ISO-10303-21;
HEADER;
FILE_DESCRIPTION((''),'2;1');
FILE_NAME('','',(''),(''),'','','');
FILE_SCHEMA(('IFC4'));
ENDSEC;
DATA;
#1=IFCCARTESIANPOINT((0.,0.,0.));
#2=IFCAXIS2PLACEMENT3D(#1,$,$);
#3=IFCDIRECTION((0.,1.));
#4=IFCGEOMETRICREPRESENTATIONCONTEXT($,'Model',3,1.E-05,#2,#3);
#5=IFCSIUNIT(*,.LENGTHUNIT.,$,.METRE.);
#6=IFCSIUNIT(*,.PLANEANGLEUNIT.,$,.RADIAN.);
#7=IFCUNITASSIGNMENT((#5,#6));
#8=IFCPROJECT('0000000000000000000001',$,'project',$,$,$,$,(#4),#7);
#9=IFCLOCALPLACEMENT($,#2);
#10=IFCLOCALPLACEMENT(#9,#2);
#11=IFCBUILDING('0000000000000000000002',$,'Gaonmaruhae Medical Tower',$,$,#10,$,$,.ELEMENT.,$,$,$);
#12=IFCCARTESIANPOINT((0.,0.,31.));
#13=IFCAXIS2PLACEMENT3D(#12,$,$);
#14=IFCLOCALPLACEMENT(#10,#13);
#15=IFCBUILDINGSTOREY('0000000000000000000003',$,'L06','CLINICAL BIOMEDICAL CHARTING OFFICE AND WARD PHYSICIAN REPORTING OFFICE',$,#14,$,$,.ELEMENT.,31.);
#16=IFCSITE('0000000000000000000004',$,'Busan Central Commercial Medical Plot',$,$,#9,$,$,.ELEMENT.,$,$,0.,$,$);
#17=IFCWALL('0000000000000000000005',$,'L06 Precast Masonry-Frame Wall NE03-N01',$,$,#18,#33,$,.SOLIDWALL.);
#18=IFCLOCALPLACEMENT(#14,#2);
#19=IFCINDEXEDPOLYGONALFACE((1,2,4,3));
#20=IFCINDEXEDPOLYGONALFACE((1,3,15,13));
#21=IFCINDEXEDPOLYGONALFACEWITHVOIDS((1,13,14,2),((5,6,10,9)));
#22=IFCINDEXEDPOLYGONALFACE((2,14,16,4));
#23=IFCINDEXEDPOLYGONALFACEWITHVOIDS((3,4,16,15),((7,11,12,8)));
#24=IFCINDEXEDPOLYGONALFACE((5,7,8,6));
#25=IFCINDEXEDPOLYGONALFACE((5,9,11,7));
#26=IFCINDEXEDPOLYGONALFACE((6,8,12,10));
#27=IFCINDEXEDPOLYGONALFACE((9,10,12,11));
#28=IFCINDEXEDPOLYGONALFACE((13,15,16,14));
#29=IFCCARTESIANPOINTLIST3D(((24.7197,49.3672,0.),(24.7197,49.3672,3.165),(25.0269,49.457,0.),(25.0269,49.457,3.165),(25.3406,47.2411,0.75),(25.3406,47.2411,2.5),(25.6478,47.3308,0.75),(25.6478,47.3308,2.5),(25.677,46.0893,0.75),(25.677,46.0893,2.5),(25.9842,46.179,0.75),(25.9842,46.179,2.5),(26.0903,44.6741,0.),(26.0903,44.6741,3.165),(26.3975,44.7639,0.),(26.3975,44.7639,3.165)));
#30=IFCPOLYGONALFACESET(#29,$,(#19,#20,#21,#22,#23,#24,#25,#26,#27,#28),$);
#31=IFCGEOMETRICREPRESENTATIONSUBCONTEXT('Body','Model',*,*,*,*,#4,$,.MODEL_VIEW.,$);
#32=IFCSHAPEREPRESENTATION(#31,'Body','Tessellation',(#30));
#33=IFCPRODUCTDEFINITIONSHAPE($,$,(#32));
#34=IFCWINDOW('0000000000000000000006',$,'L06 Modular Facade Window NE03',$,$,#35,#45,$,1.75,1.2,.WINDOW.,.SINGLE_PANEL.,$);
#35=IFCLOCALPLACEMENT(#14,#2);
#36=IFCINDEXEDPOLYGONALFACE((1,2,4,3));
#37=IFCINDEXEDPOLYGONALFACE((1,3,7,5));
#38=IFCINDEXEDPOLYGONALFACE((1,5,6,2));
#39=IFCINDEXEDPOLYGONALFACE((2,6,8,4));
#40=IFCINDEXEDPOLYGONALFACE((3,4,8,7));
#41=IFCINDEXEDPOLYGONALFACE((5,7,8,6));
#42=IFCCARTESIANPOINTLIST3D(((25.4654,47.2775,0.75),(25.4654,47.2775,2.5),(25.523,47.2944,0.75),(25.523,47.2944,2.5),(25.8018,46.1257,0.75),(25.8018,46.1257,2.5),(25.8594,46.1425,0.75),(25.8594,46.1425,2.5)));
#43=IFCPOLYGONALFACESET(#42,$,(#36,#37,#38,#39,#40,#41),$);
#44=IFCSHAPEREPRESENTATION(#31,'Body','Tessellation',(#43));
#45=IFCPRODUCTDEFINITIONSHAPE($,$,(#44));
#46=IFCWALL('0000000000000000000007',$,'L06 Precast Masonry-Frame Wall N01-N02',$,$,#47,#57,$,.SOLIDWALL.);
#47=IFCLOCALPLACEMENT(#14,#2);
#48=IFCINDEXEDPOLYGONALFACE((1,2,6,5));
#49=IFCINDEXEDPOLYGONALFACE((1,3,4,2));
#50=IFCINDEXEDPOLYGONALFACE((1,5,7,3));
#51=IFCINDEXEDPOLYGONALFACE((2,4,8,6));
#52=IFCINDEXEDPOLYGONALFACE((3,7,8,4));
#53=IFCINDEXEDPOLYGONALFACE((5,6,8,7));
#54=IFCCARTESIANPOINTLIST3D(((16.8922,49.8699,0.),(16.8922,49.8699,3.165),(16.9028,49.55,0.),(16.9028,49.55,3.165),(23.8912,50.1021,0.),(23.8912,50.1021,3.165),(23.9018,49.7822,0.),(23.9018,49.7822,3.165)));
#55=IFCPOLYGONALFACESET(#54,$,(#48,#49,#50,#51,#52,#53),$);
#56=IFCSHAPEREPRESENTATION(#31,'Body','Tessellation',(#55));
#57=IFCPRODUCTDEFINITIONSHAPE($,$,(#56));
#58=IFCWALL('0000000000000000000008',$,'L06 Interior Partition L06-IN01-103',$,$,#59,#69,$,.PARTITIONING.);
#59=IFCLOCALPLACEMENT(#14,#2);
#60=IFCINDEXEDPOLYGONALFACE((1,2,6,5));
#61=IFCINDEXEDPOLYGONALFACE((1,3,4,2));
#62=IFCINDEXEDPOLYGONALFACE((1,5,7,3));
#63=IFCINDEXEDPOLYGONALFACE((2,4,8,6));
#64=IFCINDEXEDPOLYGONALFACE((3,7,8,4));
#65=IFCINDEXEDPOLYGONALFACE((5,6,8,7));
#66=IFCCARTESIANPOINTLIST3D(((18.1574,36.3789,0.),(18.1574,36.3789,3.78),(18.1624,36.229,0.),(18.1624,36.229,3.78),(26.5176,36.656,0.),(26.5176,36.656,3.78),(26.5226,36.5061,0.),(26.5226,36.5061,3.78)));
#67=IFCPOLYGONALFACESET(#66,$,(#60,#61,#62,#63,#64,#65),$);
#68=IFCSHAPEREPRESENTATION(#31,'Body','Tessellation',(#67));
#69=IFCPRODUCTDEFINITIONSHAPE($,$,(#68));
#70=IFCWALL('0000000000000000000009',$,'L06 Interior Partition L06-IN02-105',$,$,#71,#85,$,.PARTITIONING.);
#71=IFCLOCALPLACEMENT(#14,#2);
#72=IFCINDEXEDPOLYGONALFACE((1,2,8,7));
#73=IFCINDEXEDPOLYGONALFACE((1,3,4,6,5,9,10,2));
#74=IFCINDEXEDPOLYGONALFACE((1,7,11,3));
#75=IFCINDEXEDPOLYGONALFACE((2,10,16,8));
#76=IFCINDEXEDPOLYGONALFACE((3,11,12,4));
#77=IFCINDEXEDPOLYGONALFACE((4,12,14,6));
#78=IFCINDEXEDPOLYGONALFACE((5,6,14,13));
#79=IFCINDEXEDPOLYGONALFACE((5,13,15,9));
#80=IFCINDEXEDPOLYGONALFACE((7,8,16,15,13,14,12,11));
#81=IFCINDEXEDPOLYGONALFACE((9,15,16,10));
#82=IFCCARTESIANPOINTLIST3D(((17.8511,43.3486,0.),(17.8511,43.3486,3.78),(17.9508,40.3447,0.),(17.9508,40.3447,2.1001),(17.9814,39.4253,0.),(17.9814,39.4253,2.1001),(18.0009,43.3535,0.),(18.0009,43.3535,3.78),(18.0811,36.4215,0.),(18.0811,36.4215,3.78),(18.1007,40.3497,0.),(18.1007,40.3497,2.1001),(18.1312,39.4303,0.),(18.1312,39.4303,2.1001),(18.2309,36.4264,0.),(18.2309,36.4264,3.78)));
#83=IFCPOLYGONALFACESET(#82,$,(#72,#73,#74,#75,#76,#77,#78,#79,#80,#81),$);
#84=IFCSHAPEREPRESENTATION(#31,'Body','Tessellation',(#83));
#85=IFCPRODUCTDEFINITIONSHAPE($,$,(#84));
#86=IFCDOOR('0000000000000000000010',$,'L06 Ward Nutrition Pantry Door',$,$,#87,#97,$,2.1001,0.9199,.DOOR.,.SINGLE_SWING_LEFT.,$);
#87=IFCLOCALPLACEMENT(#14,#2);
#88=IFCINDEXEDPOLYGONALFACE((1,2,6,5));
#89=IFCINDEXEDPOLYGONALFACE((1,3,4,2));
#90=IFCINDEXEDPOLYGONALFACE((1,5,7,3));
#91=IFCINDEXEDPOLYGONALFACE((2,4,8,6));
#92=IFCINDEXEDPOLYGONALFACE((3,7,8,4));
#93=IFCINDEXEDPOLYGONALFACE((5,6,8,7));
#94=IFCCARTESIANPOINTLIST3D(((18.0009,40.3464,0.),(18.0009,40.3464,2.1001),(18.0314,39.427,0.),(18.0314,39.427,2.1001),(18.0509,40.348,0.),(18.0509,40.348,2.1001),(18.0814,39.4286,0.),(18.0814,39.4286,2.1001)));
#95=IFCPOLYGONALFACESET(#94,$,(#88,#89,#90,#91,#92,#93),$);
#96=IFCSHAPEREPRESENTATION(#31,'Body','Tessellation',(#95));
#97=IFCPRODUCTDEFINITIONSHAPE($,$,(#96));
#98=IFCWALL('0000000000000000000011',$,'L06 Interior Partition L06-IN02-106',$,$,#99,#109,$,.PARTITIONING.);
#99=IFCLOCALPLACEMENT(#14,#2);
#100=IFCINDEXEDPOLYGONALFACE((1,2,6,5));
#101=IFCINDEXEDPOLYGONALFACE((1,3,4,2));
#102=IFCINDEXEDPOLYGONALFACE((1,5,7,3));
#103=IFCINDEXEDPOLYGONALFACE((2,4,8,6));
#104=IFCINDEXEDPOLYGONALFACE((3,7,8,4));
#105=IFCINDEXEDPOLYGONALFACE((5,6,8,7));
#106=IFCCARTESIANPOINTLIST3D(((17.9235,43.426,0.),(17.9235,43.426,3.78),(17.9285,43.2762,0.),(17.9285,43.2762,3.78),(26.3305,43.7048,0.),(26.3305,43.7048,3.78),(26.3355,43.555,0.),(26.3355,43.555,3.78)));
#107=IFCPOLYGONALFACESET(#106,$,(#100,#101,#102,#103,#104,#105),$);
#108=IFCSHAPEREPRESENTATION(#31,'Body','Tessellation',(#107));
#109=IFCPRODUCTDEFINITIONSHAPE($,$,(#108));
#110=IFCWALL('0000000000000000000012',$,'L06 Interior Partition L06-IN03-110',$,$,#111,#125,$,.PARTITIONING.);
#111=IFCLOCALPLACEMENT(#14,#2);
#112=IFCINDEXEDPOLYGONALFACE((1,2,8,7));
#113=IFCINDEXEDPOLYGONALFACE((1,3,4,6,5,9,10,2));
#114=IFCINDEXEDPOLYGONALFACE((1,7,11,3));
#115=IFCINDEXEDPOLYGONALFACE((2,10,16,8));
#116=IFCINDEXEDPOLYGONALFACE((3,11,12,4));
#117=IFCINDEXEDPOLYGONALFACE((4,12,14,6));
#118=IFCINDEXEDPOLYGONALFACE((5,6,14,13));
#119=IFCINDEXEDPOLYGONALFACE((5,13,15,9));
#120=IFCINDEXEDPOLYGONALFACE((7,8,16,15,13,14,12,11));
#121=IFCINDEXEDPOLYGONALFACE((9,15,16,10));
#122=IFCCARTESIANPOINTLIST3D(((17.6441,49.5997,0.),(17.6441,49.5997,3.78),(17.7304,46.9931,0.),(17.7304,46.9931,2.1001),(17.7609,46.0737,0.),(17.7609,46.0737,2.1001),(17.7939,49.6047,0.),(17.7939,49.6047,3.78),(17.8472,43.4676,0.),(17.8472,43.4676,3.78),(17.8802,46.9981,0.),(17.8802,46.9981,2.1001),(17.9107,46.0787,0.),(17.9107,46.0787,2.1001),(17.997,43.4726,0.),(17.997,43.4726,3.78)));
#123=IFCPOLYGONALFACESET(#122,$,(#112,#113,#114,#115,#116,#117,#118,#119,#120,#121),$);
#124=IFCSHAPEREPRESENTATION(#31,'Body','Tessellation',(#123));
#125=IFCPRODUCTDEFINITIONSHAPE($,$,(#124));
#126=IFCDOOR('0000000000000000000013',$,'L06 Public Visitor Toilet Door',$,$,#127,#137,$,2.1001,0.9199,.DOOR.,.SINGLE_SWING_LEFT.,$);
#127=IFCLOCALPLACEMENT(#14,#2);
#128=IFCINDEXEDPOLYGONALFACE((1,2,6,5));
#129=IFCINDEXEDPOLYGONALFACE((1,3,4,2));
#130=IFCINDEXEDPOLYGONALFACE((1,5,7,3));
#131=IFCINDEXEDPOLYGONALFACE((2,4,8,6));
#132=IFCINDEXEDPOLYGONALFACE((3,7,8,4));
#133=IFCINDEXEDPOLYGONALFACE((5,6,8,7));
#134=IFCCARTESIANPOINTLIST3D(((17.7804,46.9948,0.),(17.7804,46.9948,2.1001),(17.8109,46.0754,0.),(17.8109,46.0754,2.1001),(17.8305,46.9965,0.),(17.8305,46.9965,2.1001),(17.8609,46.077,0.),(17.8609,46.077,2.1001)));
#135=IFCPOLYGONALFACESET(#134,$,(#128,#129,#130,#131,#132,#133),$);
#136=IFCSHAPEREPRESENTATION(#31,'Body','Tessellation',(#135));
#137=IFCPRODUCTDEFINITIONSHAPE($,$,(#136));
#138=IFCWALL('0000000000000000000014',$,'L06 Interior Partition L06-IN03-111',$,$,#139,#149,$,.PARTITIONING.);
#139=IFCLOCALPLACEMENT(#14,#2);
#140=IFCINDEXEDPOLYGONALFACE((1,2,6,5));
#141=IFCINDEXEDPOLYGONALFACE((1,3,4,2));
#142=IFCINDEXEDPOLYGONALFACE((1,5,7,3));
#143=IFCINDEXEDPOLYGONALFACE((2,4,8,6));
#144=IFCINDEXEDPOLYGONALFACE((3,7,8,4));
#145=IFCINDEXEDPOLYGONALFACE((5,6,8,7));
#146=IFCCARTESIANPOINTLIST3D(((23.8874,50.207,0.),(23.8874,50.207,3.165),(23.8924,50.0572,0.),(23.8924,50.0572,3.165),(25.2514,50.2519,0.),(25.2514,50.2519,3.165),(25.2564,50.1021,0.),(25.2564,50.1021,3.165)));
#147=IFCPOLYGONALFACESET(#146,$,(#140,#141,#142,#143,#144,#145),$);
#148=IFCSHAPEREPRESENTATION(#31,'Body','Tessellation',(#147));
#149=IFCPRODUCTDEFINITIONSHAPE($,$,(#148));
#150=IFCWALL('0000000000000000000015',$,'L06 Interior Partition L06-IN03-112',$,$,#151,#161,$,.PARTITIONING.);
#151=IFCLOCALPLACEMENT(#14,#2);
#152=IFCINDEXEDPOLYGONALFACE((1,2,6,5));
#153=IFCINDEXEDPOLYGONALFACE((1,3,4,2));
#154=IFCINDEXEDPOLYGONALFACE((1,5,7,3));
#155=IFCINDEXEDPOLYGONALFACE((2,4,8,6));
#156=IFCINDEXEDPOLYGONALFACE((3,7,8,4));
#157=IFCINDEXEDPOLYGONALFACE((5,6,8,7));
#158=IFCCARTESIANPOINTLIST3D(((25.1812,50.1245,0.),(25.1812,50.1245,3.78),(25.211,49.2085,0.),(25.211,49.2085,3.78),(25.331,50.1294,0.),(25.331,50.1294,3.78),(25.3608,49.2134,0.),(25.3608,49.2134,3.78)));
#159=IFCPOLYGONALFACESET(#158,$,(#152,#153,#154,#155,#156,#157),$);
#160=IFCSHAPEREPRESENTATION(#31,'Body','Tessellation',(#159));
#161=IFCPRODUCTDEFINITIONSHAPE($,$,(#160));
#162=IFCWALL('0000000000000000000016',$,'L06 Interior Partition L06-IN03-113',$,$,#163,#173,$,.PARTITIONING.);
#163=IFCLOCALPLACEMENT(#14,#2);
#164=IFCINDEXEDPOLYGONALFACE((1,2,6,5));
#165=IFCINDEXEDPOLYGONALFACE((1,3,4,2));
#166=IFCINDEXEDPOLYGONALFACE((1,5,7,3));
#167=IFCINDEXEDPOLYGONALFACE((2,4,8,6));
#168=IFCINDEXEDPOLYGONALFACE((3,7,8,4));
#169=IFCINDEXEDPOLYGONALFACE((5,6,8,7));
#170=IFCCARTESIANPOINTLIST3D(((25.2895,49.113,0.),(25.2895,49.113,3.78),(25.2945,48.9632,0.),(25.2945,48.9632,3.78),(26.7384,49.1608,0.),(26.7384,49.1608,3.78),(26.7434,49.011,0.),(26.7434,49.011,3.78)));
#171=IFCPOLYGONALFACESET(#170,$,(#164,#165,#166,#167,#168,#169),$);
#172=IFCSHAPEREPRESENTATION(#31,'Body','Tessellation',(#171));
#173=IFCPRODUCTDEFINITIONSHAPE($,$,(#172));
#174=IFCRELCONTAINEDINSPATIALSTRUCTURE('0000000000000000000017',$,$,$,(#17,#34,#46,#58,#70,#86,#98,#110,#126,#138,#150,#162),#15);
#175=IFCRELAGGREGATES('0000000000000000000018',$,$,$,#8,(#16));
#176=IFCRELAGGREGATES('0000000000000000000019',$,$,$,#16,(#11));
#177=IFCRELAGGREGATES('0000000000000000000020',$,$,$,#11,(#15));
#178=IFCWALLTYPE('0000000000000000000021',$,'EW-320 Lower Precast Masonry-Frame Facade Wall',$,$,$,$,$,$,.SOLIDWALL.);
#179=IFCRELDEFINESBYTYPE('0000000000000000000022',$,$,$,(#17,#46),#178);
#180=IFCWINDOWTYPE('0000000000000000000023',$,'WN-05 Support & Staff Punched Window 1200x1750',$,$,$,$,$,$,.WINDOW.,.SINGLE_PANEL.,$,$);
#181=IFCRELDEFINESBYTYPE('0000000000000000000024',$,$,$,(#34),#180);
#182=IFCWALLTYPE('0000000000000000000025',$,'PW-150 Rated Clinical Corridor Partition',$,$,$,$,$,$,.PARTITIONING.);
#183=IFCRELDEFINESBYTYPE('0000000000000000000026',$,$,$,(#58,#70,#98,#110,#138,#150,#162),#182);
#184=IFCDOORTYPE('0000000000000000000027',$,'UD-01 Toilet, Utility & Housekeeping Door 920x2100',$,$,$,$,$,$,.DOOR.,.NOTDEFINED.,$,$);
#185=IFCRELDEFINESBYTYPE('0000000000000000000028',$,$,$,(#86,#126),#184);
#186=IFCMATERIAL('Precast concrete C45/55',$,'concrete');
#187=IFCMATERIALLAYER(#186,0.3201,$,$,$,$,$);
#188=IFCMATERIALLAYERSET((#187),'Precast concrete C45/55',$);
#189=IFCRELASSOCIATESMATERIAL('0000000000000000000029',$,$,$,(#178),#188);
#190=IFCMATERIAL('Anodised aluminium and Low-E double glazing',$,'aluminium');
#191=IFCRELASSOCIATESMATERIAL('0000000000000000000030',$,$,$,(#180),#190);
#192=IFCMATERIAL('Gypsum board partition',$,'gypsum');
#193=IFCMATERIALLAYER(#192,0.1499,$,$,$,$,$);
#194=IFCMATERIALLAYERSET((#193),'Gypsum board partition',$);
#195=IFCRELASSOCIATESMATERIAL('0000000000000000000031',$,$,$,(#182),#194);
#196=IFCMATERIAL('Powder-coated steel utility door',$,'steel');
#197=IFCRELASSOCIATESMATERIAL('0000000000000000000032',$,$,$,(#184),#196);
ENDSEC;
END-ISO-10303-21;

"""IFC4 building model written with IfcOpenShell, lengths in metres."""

from ifc_helpers import new_model, si_unit, direction, frame, frame_2d, origin, place, context, subcontext, project, spatial, rectangle, extrude, material, layer, layer_set, type_object, element, fill, save


model = new_model("IFC4")

# Units and contexts
model_context = context("Model", 3, precision=1e-05, world=origin(), true_north=direction((0.0, 1.0)))
body_context = subcontext(model_context, "Body", "Model", "MODEL_VIEW")
ifc_project = project(units=[si_unit("LENGTHUNIT", "METRE"), si_unit("PLANEANGLEUNIT", "RADIAN")], contexts=[model_context])

# Site, building, storey
site_placement = place(None, origin())
site = spatial("IfcSite", under=ifc_project, at=site_placement, Name="Busan Central Commercial Medical Plot", CompositionType="ELEMENT", RefElevation=0.0)
building_placement = place(site_placement, origin())
building = spatial("IfcBuilding", under=site, at=building_placement, Name="Gaonmaruhae Medical Tower", CompositionType="ELEMENT")
storey_placement = place(building_placement, frame((0.0, 0.0, 31.0)))
storey = spatial("IfcBuildingStorey", under=building, at=storey_placement, Name="L06", Description="CLINICAL BIOMEDICAL CHARTING OFFICE AND WARD PHYSICIAN REPORTING OFFICE", CompositionType="ELEMENT", Elevation=31.0)

# Wall, opening, window
ifc_material_1 = material(Name="Precast concrete C45/55", Category="concrete")
ifc_layer_1 = layer(ifc_material_1, 0.3201)
ifc_layer_set_1 = layer_set([ifc_layer_1], Name="Precast concrete C45/55")
wall_type_1 = type_object("IfcWallType", Name="EW-320 Lower Precast Masonry-Frame Facade Wall", PredefinedType="SOLIDWALL", material=ifc_layer_set_1)
wall_1_placement = place(storey_placement, frame((24.8733, 49.4121, 0.0), z_axis=(0.0, 0.0, 1.0), x_axis=(0.280336, -0.959902, 0.0)))
wall_1 = element("IfcWall", 1, at=wall_1_placement, inside=storey, type_object=wall_type_1, Name="L06 Precast Masonry-Frame Wall NE03-N01", PredefinedType="SOLIDWALL", context=body_context, shape_type="SweptSolid", body=[
    extrude(rectangle(XDim=4.8892, YDim=0.3201, at=frame_2d((2.4446, 0.0))), origin(), (0.0, 0.0, 1.0), 3.165),
])
opening_1_placement = place(wall_1_placement, frame((2.2148, 0.0, 0.75)))
opening_1 = element("IfcOpeningElement", 2, at=opening_1_placement, cuts=wall_1, PredefinedType="OPENING", context=body_context, shape_type="SweptSolid", body=[
    extrude(rectangle(XDim=1.2, YDim=1.75, at=frame_2d((0.6001, 0.875))), frame((0.0, 0.1699, 0.0), z_axis=(0.0, -1.0, 0.0), x_axis=(1.0, 0.0, 0.0)), (0.0, 0.0, 1.0), 0.3401),
])
ifc_material_2 = material(Name="Anodised aluminium and Low-E double glazing", Category="aluminium")
window_type = type_object("IfcWindowType", Name="WN-05 Support & Staff Punched Window 1200x1750", PartitioningType="SINGLE_PANEL", PredefinedType="WINDOW", material=ifc_material_2)
window_placement = place(opening_1_placement, origin())
window = element("IfcWindow", 3, at=window_placement, inside=storey, type_object=window_type, Name="L06 Modular Facade Window NE03", OverallHeight=1.75, OverallWidth=1.2, PartitioningType="SINGLE_PANEL", PredefinedType="WINDOW", context=body_context, shape_type="SweptSolid", body=[
    extrude(rectangle(XDim=1.2, YDim=1.75, at=frame_2d((0.6001, 0.875))), frame((0.0, 0.03, 0.0), z_axis=(0.0, -1.0, 0.0), x_axis=(1.0, 0.0, 0.0)), (0.0, 0.0, 1.0), 0.0601),
])
fill(opening_1, window)

# Wall
wall_2_placement = place(storey_placement, frame((16.8975, 49.71, 0.0), z_axis=(0.0, 0.0, 1.0), x_axis=(0.99945, 0.033155, 0.0)))
element("IfcWall", 4, at=wall_2_placement, inside=storey, type_object=wall_type_1, Name="L06 Precast Masonry-Frame Wall N01-N02", PredefinedType="SOLIDWALL", context=body_context, shape_type="SweptSolid", body=[
    extrude(rectangle(XDim=7.0029, YDim=0.3201, at=frame_2d((3.5015, 0.0))), origin(), (0.0, 0.0, 1.0), 3.165),
])

# Shared definitions
ifc_material_3 = material(Name="Gypsum board partition", Category="gypsum")
ifc_layer_2 = layer(ifc_material_3, 0.1499)
ifc_layer_set_2 = layer_set([ifc_layer_2], Name="Gypsum board partition")
wall_type_2 = type_object("IfcWallType", Name="PW-150 Rated Clinical Corridor Partition", PredefinedType="PARTITIONING", material=ifc_layer_set_2)

# Wall
wall_3_placement = place(storey_placement, frame((18.1599, 36.304, 0.0), z_axis=(0.0, 0.0, 1.0), x_axis=(0.999451, 0.033127, 0.0)))
element("IfcWall", 5, at=wall_3_placement, inside=storey, type_object=wall_type_2, Name="L06 Interior Partition L06-IN01-103", PredefinedType="PARTITIONING", context=body_context, shape_type="SweptSolid", body=[
    extrude(rectangle(XDim=8.3647, YDim=0.1499, at=frame_2d((4.1824, 0.0))), origin(), (0.0, 0.0, 1.0), 3.78),
])

# Wall, opening, door
wall_4_placement = place(storey_placement, frame((18.156, 36.4241, 0.0), z_axis=(0.0, 0.0, 1.0), x_axis=(-0.033182, 0.999449, 0.0)))
wall_4 = element("IfcWall", 6, at=wall_4_placement, inside=storey, type_object=wall_type_2, Name="L06 Interior Partition L06-IN02-105", PredefinedType="PARTITIONING", context=body_context, shape_type="SweptSolid", body=[
    extrude(rectangle(XDim=6.9309, YDim=0.1499, at=frame_2d((3.4653, 0.0))), origin(), (0.0, 0.0, 1.0), 3.78),
])
opening_2_placement = place(wall_4_placement, frame((3.0054, 0.0, 0.0)))
opening_2 = element("IfcOpeningElement", 7, at=opening_2_placement, cuts=wall_4, PredefinedType="OPENING", context=body_context, shape_type="SweptSolid", body=[
    extrude(rectangle(XDim=0.9199, YDim=2.1001, at=frame_2d((0.46, 1.05))), frame((0.0, 0.085, 0.0), z_axis=(0.0, -1.0, 0.0), x_axis=(1.0, 0.0, 0.0)), (0.0, 0.0, 1.0), 0.1699),
])
ifc_material_4 = material(Name="Powder-coated steel utility door", Category="steel")
door_type_1 = type_object("IfcDoorType", Name="UD-01 Toilet, Utility & Housekeeping Door 920x2100", OperationType="NOTDEFINED", PredefinedType="DOOR", material=ifc_material_4)
door_1_placement = place(opening_2_placement, origin())
door_1 = element("IfcDoor", 8, at=door_1_placement, inside=storey, type_object=door_type_1, Name="L06 Ward Nutrition Pantry Door", OperationType="SINGLE_SWING_LEFT", OverallHeight=2.1001, OverallWidth=0.9199, PredefinedType="DOOR", context=body_context, shape_type="SweptSolid", body=[
    extrude(rectangle(XDim=0.9199, YDim=2.1001, at=frame_2d((0.46, 1.05))), frame((0.0, 0.0249, 0.0), z_axis=(0.0, -1.0, 0.0), x_axis=(1.0, 0.0, 0.0)), (0.0, 0.0, 1.0), 0.05),
])
fill(opening_2, door_1)

# Wall
wall_5_placement = place(storey_placement, frame((17.926, 43.3511, 0.0), z_axis=(0.0, 0.0, 1.0), x_axis=(0.999451, 0.033146, 0.0)))
element("IfcWall", 9, at=wall_5_placement, inside=storey, type_object=wall_type_2, Name="L06 Interior Partition L06-IN02-106", PredefinedType="PARTITIONING", context=body_context, shape_type="SweptSolid", body=[
    extrude(rectangle(XDim=8.4116, YDim=0.1499, at=frame_2d((4.2058, 0.0))), origin(), (0.0, 0.0, 1.0), 3.78),
])

# Wall, opening, door
wall_6_placement = place(storey_placement, frame((17.9221, 43.47, 0.0), z_axis=(0.0, 0.0, 1.0), x_axis=(-0.033107, 0.999452, 0.0)))
wall_6 = element("IfcWall", 10, at=wall_6_placement, inside=storey, type_object=wall_type_2, Name="L06 Interior Partition L06-IN03-110", PredefinedType="PARTITIONING", context=body_context, shape_type="SweptSolid", body=[
    extrude(rectangle(XDim=6.1355, YDim=0.1499, at=frame_2d((3.0679, 0.0))), origin(), (0.0, 0.0, 1.0), 3.78),
])
opening_3_placement = place(wall_6_placement, frame((2.6077, 0.0, 0.0)))
opening_3 = element("IfcOpeningElement", 11, at=opening_3_placement, cuts=wall_6, PredefinedType="OPENING", context=body_context, shape_type="SweptSolid", body=[
    extrude(rectangle(XDim=0.9199, YDim=2.1001, at=frame_2d((0.46, 1.05))), frame((0.0, 0.085, 0.0), z_axis=(0.0, -1.0, 0.0), x_axis=(1.0, 0.0, 0.0)), (0.0, 0.0, 1.0), 0.1699),
])
door_2_placement = place(opening_3_placement, origin())
door_2 = element("IfcDoor", 12, at=door_2_placement, inside=storey, type_object=door_type_1, Name="L06 Public Visitor Toilet Door", OperationType="SINGLE_SWING_LEFT", OverallHeight=2.1001, OverallWidth=0.9199, PredefinedType="DOOR", context=body_context, shape_type="SweptSolid", body=[
    extrude(rectangle(XDim=0.9199, YDim=2.1001, at=frame_2d((0.46, 1.05))), frame((0.0, 0.0249, 0.0), z_axis=(0.0, -1.0, 0.0), x_axis=(1.0, 0.0, 0.0)), (0.0, 0.0, 1.0), 0.05),
])
fill(opening_3, door_2)

# Walls
wall_7_placement = place(storey_placement, frame((23.8899, 50.1321, 0.0), z_axis=(0.0, 0.0, 1.0), x_axis=(0.999458, 0.032916, 0.0)))
element("IfcWall", 13, at=wall_7_placement, inside=storey, type_object=wall_type_2, Name="L06 Interior Partition L06-IN03-111", PredefinedType="PARTITIONING", context=body_context, shape_type="SweptSolid", body=[
    extrude(rectangle(XDim=1.3647, YDim=0.1499, at=frame_2d((0.6824, 0.0))), origin(), (0.0, 0.0, 1.0), 3.165),
])
wall_8_placement = place(storey_placement, frame((25.2561, 50.127, 0.0), z_axis=(0.0, 0.0, 1.0), x_axis=(0.032499, -0.999472, 0.0)))
element("IfcWall", 14, at=wall_8_placement, inside=storey, type_object=wall_type_2, Name="L06 Interior Partition L06-IN03-112", PredefinedType="PARTITIONING", context=body_context, shape_type="SweptSolid", body=[
    extrude(rectangle(XDim=0.9165, YDim=0.1499, at=frame_2d((0.4583, 0.0))), origin(), (0.0, 0.0, 1.0), 3.78),
])
wall_9_placement = place(storey_placement, frame((25.292, 49.0381, 0.0), z_axis=(0.0, 0.0, 1.0), x_axis=(0.999455, 0.033006, 0.0)))
element("IfcWall", 15, at=wall_9_placement, inside=storey, type_object=wall_type_2, Name="L06 Interior Partition L06-IN03-113", PredefinedType="PARTITIONING", context=body_context, shape_type="SweptSolid", body=[
    extrude(rectangle(XDim=1.4497, YDim=0.1499, at=frame_2d((0.7249, 0.0))), origin(), (0.0, 0.0, 1.0), 3.78),
])

save(model, "model.ifc")
